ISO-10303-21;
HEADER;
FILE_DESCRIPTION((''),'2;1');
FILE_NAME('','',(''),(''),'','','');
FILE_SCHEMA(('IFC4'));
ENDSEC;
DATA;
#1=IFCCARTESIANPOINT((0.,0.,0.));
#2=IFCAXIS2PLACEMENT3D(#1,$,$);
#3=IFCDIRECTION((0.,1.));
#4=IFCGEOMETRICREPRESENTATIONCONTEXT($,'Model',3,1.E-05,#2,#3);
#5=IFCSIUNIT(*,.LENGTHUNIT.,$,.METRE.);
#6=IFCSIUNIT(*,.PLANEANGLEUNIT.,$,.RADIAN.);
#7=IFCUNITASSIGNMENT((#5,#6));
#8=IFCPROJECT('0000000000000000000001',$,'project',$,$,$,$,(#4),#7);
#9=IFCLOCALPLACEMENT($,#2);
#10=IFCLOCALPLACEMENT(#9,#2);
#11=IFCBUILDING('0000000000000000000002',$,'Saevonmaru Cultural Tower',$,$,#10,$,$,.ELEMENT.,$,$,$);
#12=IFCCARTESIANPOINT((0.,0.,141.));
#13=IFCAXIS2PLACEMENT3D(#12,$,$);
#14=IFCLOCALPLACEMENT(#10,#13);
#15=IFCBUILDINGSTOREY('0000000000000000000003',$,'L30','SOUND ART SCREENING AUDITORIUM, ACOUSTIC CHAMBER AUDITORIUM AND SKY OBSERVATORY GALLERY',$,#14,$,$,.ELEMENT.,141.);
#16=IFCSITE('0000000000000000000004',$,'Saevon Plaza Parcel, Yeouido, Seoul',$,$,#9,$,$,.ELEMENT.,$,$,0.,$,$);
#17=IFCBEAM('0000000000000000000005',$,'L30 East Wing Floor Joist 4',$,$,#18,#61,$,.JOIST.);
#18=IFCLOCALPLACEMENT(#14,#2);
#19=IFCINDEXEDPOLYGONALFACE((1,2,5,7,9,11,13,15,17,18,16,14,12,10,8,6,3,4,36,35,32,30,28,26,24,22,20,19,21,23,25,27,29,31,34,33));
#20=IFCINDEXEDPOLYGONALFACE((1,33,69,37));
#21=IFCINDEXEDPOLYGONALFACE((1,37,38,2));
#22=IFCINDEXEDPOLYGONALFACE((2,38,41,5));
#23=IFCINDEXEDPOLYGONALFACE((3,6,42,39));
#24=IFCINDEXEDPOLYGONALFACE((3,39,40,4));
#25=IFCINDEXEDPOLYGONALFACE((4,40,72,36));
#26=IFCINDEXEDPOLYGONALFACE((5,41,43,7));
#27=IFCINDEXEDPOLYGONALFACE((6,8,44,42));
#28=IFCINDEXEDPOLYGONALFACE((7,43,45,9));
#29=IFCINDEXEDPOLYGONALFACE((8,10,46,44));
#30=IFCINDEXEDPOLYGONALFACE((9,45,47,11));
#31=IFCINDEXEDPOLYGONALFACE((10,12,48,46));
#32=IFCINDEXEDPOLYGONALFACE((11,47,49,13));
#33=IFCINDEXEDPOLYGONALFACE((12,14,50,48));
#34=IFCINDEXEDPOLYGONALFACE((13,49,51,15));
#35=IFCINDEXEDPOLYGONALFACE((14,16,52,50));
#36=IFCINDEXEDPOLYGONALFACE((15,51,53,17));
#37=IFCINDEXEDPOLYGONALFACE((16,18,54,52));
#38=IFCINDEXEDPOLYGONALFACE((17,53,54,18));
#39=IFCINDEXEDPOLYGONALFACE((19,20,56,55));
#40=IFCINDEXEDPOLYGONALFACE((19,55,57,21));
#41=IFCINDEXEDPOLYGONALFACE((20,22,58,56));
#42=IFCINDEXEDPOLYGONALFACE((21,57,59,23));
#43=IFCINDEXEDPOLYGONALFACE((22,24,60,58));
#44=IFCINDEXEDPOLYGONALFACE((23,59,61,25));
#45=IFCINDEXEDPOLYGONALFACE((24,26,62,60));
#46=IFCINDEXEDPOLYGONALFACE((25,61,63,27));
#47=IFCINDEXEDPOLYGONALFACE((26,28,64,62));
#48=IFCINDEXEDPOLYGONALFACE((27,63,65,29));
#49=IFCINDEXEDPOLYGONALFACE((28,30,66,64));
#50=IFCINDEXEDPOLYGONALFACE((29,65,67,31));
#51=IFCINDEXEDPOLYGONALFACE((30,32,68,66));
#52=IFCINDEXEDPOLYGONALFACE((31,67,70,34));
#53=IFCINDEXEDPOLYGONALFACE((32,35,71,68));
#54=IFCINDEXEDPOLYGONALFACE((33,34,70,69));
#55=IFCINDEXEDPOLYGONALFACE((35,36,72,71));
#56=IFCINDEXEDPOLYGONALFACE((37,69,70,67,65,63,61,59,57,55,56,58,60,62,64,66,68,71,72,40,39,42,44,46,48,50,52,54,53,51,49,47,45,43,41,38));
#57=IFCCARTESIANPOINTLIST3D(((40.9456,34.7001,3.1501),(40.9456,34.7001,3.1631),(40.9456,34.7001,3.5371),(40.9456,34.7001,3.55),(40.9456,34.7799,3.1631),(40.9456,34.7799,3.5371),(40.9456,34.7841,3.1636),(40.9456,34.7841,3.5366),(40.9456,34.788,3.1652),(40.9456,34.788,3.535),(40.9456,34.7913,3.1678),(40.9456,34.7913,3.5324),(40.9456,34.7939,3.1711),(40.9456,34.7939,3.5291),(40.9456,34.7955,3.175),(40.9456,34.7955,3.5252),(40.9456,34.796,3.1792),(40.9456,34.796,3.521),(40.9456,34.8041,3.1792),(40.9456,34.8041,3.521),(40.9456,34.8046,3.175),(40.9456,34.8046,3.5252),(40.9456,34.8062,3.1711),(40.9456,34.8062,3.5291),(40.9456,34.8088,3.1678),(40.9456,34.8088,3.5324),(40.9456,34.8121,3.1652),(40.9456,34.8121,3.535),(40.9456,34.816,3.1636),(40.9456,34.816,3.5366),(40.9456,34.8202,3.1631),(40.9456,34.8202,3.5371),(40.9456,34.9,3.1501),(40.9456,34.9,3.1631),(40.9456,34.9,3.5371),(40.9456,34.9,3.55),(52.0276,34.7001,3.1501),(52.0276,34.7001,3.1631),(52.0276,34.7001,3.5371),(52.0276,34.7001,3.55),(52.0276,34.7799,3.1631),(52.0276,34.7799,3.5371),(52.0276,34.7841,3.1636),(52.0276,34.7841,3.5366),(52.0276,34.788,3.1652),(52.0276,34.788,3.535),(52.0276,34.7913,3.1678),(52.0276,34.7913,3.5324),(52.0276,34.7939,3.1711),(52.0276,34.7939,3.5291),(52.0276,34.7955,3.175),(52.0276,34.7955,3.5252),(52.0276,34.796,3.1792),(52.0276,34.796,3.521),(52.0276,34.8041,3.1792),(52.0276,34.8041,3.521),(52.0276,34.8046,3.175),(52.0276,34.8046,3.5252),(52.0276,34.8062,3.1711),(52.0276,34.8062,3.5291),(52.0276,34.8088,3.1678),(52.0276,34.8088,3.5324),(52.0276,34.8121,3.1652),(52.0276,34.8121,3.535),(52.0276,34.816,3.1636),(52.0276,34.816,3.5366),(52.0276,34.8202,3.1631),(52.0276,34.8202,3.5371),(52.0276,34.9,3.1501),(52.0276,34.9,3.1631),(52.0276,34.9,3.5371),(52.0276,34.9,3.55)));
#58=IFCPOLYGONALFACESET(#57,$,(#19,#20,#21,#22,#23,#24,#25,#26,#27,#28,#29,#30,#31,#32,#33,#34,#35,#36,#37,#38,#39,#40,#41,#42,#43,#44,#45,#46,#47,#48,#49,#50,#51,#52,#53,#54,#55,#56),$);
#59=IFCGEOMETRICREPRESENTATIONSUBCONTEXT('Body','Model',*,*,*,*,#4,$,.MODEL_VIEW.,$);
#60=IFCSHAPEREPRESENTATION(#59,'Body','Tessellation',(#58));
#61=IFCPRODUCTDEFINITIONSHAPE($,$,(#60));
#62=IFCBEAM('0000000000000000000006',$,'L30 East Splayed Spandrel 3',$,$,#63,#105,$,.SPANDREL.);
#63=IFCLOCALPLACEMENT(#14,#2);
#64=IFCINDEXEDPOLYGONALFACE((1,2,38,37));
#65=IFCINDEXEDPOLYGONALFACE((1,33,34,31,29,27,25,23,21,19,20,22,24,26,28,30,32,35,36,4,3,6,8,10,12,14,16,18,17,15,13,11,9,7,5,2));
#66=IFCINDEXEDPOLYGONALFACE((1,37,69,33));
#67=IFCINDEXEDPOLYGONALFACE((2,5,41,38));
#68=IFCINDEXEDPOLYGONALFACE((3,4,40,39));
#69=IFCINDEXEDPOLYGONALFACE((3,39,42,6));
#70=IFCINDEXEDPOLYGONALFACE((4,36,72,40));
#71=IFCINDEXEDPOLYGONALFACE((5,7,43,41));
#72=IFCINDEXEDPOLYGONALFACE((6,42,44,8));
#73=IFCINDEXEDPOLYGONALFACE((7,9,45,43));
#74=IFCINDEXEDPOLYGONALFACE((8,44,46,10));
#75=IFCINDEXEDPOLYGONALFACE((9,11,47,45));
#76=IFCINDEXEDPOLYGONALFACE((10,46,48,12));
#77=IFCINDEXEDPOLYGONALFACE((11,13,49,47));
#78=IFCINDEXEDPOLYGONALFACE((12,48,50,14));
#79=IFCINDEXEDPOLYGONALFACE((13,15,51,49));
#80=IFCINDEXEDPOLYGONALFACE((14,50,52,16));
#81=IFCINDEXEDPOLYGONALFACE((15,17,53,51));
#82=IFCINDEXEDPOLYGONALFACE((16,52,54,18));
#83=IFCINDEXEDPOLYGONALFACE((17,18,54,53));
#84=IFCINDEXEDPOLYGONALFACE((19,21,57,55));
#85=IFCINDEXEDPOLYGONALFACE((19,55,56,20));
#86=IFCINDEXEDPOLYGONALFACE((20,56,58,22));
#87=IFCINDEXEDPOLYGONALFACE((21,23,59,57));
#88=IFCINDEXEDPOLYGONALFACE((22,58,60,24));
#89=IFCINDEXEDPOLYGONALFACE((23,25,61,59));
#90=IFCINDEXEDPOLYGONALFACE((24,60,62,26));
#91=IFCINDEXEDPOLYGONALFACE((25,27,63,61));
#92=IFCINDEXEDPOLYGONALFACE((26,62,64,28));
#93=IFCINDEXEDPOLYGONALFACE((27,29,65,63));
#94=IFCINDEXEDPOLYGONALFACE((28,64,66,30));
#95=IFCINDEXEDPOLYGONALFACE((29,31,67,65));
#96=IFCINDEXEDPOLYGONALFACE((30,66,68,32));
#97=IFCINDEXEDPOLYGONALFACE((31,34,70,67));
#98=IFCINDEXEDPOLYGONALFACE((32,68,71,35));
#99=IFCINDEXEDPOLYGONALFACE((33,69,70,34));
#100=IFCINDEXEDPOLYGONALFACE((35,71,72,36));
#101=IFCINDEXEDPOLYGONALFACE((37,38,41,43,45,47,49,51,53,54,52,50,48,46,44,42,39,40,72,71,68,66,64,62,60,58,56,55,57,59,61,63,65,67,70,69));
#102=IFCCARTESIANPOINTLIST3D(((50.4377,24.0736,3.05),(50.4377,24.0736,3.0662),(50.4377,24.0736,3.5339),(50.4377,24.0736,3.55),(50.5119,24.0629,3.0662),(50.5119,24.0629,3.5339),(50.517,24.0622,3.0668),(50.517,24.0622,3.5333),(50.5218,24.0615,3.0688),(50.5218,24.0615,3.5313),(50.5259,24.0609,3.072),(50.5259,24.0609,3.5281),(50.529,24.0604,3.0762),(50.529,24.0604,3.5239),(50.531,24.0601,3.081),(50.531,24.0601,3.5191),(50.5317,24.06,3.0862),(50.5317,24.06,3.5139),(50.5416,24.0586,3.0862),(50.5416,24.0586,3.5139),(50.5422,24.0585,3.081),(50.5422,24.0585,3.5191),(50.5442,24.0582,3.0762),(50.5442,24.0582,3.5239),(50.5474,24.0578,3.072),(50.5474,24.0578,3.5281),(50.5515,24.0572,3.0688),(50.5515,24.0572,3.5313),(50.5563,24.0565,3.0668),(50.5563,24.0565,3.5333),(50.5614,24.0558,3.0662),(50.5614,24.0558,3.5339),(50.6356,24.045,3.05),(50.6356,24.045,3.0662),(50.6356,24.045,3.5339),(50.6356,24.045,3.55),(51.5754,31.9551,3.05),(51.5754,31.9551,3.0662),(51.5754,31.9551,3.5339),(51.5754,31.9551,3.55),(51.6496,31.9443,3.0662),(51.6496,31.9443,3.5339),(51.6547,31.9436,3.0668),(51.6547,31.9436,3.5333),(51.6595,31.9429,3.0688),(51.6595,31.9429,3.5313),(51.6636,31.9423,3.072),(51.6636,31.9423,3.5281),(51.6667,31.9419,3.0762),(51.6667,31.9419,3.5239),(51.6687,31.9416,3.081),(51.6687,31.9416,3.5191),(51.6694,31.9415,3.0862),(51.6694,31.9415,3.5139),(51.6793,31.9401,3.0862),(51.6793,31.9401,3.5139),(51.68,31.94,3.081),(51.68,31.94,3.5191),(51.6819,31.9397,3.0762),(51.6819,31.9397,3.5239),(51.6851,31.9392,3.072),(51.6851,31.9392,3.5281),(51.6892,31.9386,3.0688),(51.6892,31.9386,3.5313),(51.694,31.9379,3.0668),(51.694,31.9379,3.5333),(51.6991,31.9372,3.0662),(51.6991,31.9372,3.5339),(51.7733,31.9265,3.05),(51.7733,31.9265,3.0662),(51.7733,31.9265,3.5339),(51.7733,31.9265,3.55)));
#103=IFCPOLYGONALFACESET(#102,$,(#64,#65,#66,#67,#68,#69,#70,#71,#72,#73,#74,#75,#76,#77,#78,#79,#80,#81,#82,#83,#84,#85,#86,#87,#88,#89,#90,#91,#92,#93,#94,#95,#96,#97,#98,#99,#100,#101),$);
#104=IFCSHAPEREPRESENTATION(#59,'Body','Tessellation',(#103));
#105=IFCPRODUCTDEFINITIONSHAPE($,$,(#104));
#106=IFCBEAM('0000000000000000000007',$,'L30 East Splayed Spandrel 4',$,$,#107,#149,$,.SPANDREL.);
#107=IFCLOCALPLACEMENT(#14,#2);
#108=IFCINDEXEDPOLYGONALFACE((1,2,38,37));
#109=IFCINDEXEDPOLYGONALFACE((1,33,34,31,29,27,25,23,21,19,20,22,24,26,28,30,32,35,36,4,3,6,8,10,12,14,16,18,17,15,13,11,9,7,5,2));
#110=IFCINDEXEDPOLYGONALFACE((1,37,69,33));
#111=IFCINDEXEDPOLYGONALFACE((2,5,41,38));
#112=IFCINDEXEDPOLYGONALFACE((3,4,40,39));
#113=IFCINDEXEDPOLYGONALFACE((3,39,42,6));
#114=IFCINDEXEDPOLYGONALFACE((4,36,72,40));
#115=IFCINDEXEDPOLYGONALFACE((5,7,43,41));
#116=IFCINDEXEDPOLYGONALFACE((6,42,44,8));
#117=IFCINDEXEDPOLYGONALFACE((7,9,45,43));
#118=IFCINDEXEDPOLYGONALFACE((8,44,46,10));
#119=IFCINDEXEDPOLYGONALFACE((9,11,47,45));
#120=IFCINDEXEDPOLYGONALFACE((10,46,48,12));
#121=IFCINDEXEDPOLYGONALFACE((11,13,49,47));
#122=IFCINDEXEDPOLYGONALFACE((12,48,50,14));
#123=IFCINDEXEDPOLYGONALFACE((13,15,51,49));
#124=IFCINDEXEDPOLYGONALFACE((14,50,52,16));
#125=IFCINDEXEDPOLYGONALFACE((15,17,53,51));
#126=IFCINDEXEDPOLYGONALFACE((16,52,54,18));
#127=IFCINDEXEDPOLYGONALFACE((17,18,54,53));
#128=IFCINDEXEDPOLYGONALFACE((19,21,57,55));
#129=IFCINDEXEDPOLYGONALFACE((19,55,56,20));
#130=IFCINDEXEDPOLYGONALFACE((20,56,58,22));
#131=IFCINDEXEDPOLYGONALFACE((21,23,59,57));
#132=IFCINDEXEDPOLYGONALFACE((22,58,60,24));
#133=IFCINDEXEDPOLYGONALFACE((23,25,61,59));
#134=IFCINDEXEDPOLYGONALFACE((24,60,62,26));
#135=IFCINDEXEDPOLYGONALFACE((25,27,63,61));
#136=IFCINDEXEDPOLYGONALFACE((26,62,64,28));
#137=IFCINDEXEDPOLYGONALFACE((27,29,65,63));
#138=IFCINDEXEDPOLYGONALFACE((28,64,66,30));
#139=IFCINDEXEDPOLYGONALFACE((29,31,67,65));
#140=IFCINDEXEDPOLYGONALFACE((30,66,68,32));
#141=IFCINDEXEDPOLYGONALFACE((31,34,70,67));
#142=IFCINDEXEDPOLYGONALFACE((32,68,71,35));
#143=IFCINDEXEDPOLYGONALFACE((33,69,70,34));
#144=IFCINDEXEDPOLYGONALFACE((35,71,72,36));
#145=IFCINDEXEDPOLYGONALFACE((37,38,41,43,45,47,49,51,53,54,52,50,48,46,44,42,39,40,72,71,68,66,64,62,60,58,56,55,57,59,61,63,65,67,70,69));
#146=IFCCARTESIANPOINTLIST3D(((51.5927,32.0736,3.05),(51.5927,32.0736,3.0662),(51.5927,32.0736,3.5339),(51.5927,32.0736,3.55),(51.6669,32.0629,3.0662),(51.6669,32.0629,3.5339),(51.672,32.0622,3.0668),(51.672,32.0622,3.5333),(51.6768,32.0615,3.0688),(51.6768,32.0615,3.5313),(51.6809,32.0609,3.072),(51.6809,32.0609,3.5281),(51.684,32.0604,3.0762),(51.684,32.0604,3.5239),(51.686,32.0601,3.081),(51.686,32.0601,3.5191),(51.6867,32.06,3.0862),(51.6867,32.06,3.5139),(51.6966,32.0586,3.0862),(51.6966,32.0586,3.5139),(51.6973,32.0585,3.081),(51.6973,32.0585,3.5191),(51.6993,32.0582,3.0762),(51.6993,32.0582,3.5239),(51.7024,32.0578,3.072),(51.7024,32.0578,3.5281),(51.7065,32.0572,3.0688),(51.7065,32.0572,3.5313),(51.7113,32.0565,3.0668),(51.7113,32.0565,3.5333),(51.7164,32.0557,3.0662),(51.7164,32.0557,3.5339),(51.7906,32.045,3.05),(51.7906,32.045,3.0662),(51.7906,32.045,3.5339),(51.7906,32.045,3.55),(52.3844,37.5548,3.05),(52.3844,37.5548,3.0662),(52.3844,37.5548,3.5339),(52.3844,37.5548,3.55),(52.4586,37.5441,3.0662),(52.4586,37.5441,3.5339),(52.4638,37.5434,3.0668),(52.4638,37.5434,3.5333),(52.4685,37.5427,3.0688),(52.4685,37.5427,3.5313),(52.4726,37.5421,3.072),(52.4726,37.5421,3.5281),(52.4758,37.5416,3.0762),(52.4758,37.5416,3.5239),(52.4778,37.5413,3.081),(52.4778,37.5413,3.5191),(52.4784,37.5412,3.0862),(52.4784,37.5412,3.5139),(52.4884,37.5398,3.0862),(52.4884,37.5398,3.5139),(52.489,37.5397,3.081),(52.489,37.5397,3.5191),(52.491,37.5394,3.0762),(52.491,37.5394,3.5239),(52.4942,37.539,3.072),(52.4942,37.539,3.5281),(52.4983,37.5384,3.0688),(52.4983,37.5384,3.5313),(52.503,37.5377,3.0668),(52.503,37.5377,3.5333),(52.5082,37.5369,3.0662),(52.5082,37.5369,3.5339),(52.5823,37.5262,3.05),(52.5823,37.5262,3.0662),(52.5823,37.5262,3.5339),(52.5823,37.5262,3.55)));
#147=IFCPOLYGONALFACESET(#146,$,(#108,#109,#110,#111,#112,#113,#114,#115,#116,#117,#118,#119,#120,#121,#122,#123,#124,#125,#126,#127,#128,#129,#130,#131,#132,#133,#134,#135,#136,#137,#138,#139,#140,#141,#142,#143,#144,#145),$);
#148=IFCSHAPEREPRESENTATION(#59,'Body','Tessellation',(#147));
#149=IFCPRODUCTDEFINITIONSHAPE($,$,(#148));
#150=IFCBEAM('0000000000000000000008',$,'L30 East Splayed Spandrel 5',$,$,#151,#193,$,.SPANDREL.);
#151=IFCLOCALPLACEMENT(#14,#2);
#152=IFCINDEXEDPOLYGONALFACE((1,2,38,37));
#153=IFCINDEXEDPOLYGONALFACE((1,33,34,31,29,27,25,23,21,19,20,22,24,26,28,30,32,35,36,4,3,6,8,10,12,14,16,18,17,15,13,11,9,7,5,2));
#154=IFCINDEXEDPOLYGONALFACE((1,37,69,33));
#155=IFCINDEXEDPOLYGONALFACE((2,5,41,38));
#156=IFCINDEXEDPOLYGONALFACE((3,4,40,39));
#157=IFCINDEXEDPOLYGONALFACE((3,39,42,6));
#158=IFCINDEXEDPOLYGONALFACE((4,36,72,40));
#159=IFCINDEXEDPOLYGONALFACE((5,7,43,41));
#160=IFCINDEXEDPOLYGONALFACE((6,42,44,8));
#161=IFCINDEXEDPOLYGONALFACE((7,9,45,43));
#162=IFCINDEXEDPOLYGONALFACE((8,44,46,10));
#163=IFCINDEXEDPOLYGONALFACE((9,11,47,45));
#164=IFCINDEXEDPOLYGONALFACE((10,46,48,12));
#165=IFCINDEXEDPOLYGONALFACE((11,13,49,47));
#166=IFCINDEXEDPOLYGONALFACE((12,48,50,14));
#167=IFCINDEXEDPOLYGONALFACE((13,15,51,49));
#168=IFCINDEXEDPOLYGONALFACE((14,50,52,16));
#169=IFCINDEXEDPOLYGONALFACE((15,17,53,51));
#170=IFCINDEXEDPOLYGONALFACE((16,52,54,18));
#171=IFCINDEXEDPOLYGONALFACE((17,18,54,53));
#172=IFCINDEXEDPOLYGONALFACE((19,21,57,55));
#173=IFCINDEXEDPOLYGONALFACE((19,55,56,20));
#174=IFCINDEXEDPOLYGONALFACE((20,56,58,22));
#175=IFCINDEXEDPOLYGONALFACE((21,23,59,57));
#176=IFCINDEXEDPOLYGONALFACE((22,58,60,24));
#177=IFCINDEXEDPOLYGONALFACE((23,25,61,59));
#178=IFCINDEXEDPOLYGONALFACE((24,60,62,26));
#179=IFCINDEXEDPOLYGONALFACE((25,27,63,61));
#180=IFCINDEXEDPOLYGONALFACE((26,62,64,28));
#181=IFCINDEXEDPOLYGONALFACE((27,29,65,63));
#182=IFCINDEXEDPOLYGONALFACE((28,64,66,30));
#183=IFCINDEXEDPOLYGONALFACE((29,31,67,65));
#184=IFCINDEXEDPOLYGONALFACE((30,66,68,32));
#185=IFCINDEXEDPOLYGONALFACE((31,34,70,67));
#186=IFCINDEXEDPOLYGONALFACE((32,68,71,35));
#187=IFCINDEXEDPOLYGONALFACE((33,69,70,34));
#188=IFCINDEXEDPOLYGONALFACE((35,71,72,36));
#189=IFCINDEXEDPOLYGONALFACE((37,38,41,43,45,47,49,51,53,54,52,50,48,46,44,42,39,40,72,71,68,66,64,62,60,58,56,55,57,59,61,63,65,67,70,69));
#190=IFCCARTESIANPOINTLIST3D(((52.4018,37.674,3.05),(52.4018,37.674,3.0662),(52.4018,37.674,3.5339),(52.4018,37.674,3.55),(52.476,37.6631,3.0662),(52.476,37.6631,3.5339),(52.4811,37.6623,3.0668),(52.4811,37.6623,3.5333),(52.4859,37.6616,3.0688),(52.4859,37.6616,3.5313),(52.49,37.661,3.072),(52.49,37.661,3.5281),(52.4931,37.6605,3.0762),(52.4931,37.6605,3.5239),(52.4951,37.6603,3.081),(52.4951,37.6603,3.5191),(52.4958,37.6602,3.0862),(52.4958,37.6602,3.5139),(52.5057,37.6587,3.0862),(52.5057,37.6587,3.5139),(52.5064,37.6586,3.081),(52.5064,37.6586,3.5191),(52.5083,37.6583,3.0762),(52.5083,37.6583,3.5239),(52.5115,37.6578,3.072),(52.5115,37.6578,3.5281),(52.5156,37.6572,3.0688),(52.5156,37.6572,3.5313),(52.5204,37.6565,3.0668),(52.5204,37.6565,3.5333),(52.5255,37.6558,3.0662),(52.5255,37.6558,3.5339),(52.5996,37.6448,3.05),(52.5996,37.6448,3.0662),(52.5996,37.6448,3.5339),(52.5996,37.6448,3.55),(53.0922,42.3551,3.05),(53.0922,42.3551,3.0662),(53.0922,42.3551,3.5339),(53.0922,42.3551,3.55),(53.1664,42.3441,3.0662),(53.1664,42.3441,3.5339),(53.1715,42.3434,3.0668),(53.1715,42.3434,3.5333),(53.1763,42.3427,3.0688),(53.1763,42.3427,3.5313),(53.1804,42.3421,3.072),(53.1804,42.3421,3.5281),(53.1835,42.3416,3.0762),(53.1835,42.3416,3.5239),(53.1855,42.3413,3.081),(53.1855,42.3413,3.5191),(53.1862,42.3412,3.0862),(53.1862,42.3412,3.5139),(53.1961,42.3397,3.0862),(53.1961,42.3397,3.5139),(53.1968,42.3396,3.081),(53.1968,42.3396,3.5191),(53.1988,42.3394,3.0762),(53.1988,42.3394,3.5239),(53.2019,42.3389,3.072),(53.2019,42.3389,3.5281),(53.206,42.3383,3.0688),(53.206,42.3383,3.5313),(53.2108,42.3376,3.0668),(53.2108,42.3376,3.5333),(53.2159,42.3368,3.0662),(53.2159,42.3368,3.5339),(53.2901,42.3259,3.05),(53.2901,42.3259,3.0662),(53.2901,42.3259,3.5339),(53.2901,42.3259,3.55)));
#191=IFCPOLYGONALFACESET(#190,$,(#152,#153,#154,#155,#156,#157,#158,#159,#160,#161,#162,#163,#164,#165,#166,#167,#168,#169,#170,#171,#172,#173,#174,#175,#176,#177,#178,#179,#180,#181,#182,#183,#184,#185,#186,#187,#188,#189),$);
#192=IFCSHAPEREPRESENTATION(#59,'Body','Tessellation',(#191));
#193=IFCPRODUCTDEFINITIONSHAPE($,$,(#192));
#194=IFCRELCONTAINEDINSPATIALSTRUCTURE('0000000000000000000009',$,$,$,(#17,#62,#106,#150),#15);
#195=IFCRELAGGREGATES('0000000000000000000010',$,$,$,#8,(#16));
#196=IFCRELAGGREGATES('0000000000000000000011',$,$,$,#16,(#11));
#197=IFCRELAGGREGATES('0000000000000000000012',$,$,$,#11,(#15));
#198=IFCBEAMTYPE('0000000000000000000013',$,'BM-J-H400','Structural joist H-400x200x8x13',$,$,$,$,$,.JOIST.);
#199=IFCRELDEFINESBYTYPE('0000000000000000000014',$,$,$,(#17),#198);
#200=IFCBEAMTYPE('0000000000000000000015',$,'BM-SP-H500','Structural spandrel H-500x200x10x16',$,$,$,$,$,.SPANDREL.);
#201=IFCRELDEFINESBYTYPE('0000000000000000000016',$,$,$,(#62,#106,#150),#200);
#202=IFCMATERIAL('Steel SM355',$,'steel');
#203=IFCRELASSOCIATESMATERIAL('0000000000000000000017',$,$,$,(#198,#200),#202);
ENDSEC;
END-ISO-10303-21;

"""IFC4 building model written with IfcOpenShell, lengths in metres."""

from ifc_helpers import new_model, si_unit, direction, frame, origin, origin_2d, place, context, subcontext, project, spatial, i_section, extrude, material, material_profile, profile_set, type_object, element, save


model = new_model("IFC4")

# Units and contexts
model_context = context("Model", 3, precision=1e-05, world=origin(), true_north=direction((0.0, 1.0)))
body_context = subcontext(model_context, "Body", "Model", "MODEL_VIEW")
ifc_project = project(units=[si_unit("LENGTHUNIT", "METRE"), si_unit("PLANEANGLEUNIT", "RADIAN")], contexts=[model_context])

# Site, building, storey
site_placement = place(None, origin())
site = spatial("IfcSite", under=ifc_project, at=site_placement, Name="Saevon Plaza Parcel, Yeouido, Seoul", CompositionType="ELEMENT", RefElevation=0.0)
building_placement = place(site_placement, origin())
building = spatial("IfcBuilding", under=site, at=building_placement, Name="Saevonmaru Cultural Tower", CompositionType="ELEMENT")
storey_placement = place(building_placement, frame((0.0, 0.0, 141.0)))
storey = spatial("IfcBuildingStorey", under=building, at=storey_placement, Name="L30", Description="SOUND ART SCREENING AUDITORIUM, ACOUSTIC CHAMBER AUDITORIUM AND SKY OBSERVATORY GALLERY", CompositionType="ELEMENT", Elevation=141.0)

# Shared definitions
ifc_material_1 = material(Name="Steel SM355", Category="steel")

# Beams
ifc_material_profile_1 = material_profile(ifc_material_1, i_section(OverallWidth=0.2, OverallDepth=0.3999, WebThickness=0.0081, FlangeThickness=0.0129, FilletRadius=0.0161, at=origin_2d()), Name="H-400x200x8x13")
ifc_profile_set_1 = profile_set([ifc_material_profile_1], Name="Steel SM355")
beam_type_1 = type_object("IfcBeamType", Name="BM-J-H400", Description="Structural joist H-400x200x8x13", PredefinedType="JOIST", material=ifc_profile_set_1)
beam_1_placement = place(storey_placement, frame((40.9456, 34.8, 3.3501), z_axis=(1.0, 0.0, 0.0), x_axis=(0.0, 1.0, 0.0)))
element("IfcBeam", 1, at=beam_1_placement, inside=storey, type_object=beam_type_1, Name="L30 East Wing Floor Joist 4", PredefinedType="JOIST", context=body_context, shape_type="SweptSolid", body=[
    extrude(i_section(OverallWidth=0.2, OverallDepth=0.3999, WebThickness=0.0081, FlangeThickness=0.0129, FilletRadius=0.0161, at=origin_2d()), origin(), (0.0, 0.0, 1.0), 11.082),
])
ifc_material_profile_2 = material_profile(ifc_material_1, i_section(OverallWidth=0.2, OverallDepth=0.5, WebThickness=0.01, FlangeThickness=0.0161, FilletRadius=0.02, at=origin_2d()), Name="H-500x200x10x16")
ifc_profile_set_2 = profile_set([ifc_material_profile_2], Name="Steel SM355")
beam_type_2 = type_object("IfcBeamType", Name="BM-SP-H500", Description="Structural spandrel H-500x200x10x16", PredefinedType="SPANDREL", material=ifc_profile_set_2)
beam_2_placement = place(storey_placement, frame((50.5366, 24.0593, 3.3), z_axis=(0.142872, 0.989741, 0.0), x_axis=(-0.989741, 0.142872, 0.0)))
element("IfcBeam", 2, at=beam_2_placement, inside=storey, type_object=beam_type_2, Name="L30 East Splayed Spandrel 3", PredefinedType="SPANDREL", context=body_context, shape_type="SweptSolid", body=[
    extrude(i_section(OverallWidth=0.2, OverallDepth=0.5, WebThickness=0.01, FlangeThickness=0.0161, FilletRadius=0.02, at=origin_2d()), origin(), (0.0, 0.0, 1.0), 7.9631),
])
beam_3_placement = place(storey_placement, frame((51.6917, 32.0593, 3.3), z_axis=(0.142964, 0.989728, 0.0), x_axis=(-0.989728, 0.142964, 0.0)))
element("IfcBeam", 3, at=beam_3_placement, inside=storey, type_object=beam_type_2, Name="L30 East Splayed Spandrel 4", PredefinedType="SPANDREL", context=body_context, shape_type="SweptSolid", body=[
    extrude(i_section(OverallWidth=0.2, OverallDepth=0.5, WebThickness=0.01, FlangeThickness=0.0161, FilletRadius=0.02, at=origin_2d()), origin(), (0.0, 0.0, 1.0), 5.5381),
])
beam_4_placement = place(storey_placement, frame((52.5007, 37.6594, 3.3), z_axis=(0.145913, 0.989297, 0.0), x_axis=(-0.989297, 0.145913, 0.0)))
element("IfcBeam", 4, at=beam_4_placement, inside=storey, type_object=beam_type_2, Name="L30 East Splayed Spandrel 5", PredefinedType="SPANDREL", context=body_context, shape_type="SweptSolid", body=[
    extrude(i_section(OverallWidth=0.2, OverallDepth=0.5, WebThickness=0.01, FlangeThickness=0.0161, FilletRadius=0.02, at=origin_2d()), origin(), (0.0, 0.0, 1.0), 4.7317),
])

save(model, "model.ifc")
